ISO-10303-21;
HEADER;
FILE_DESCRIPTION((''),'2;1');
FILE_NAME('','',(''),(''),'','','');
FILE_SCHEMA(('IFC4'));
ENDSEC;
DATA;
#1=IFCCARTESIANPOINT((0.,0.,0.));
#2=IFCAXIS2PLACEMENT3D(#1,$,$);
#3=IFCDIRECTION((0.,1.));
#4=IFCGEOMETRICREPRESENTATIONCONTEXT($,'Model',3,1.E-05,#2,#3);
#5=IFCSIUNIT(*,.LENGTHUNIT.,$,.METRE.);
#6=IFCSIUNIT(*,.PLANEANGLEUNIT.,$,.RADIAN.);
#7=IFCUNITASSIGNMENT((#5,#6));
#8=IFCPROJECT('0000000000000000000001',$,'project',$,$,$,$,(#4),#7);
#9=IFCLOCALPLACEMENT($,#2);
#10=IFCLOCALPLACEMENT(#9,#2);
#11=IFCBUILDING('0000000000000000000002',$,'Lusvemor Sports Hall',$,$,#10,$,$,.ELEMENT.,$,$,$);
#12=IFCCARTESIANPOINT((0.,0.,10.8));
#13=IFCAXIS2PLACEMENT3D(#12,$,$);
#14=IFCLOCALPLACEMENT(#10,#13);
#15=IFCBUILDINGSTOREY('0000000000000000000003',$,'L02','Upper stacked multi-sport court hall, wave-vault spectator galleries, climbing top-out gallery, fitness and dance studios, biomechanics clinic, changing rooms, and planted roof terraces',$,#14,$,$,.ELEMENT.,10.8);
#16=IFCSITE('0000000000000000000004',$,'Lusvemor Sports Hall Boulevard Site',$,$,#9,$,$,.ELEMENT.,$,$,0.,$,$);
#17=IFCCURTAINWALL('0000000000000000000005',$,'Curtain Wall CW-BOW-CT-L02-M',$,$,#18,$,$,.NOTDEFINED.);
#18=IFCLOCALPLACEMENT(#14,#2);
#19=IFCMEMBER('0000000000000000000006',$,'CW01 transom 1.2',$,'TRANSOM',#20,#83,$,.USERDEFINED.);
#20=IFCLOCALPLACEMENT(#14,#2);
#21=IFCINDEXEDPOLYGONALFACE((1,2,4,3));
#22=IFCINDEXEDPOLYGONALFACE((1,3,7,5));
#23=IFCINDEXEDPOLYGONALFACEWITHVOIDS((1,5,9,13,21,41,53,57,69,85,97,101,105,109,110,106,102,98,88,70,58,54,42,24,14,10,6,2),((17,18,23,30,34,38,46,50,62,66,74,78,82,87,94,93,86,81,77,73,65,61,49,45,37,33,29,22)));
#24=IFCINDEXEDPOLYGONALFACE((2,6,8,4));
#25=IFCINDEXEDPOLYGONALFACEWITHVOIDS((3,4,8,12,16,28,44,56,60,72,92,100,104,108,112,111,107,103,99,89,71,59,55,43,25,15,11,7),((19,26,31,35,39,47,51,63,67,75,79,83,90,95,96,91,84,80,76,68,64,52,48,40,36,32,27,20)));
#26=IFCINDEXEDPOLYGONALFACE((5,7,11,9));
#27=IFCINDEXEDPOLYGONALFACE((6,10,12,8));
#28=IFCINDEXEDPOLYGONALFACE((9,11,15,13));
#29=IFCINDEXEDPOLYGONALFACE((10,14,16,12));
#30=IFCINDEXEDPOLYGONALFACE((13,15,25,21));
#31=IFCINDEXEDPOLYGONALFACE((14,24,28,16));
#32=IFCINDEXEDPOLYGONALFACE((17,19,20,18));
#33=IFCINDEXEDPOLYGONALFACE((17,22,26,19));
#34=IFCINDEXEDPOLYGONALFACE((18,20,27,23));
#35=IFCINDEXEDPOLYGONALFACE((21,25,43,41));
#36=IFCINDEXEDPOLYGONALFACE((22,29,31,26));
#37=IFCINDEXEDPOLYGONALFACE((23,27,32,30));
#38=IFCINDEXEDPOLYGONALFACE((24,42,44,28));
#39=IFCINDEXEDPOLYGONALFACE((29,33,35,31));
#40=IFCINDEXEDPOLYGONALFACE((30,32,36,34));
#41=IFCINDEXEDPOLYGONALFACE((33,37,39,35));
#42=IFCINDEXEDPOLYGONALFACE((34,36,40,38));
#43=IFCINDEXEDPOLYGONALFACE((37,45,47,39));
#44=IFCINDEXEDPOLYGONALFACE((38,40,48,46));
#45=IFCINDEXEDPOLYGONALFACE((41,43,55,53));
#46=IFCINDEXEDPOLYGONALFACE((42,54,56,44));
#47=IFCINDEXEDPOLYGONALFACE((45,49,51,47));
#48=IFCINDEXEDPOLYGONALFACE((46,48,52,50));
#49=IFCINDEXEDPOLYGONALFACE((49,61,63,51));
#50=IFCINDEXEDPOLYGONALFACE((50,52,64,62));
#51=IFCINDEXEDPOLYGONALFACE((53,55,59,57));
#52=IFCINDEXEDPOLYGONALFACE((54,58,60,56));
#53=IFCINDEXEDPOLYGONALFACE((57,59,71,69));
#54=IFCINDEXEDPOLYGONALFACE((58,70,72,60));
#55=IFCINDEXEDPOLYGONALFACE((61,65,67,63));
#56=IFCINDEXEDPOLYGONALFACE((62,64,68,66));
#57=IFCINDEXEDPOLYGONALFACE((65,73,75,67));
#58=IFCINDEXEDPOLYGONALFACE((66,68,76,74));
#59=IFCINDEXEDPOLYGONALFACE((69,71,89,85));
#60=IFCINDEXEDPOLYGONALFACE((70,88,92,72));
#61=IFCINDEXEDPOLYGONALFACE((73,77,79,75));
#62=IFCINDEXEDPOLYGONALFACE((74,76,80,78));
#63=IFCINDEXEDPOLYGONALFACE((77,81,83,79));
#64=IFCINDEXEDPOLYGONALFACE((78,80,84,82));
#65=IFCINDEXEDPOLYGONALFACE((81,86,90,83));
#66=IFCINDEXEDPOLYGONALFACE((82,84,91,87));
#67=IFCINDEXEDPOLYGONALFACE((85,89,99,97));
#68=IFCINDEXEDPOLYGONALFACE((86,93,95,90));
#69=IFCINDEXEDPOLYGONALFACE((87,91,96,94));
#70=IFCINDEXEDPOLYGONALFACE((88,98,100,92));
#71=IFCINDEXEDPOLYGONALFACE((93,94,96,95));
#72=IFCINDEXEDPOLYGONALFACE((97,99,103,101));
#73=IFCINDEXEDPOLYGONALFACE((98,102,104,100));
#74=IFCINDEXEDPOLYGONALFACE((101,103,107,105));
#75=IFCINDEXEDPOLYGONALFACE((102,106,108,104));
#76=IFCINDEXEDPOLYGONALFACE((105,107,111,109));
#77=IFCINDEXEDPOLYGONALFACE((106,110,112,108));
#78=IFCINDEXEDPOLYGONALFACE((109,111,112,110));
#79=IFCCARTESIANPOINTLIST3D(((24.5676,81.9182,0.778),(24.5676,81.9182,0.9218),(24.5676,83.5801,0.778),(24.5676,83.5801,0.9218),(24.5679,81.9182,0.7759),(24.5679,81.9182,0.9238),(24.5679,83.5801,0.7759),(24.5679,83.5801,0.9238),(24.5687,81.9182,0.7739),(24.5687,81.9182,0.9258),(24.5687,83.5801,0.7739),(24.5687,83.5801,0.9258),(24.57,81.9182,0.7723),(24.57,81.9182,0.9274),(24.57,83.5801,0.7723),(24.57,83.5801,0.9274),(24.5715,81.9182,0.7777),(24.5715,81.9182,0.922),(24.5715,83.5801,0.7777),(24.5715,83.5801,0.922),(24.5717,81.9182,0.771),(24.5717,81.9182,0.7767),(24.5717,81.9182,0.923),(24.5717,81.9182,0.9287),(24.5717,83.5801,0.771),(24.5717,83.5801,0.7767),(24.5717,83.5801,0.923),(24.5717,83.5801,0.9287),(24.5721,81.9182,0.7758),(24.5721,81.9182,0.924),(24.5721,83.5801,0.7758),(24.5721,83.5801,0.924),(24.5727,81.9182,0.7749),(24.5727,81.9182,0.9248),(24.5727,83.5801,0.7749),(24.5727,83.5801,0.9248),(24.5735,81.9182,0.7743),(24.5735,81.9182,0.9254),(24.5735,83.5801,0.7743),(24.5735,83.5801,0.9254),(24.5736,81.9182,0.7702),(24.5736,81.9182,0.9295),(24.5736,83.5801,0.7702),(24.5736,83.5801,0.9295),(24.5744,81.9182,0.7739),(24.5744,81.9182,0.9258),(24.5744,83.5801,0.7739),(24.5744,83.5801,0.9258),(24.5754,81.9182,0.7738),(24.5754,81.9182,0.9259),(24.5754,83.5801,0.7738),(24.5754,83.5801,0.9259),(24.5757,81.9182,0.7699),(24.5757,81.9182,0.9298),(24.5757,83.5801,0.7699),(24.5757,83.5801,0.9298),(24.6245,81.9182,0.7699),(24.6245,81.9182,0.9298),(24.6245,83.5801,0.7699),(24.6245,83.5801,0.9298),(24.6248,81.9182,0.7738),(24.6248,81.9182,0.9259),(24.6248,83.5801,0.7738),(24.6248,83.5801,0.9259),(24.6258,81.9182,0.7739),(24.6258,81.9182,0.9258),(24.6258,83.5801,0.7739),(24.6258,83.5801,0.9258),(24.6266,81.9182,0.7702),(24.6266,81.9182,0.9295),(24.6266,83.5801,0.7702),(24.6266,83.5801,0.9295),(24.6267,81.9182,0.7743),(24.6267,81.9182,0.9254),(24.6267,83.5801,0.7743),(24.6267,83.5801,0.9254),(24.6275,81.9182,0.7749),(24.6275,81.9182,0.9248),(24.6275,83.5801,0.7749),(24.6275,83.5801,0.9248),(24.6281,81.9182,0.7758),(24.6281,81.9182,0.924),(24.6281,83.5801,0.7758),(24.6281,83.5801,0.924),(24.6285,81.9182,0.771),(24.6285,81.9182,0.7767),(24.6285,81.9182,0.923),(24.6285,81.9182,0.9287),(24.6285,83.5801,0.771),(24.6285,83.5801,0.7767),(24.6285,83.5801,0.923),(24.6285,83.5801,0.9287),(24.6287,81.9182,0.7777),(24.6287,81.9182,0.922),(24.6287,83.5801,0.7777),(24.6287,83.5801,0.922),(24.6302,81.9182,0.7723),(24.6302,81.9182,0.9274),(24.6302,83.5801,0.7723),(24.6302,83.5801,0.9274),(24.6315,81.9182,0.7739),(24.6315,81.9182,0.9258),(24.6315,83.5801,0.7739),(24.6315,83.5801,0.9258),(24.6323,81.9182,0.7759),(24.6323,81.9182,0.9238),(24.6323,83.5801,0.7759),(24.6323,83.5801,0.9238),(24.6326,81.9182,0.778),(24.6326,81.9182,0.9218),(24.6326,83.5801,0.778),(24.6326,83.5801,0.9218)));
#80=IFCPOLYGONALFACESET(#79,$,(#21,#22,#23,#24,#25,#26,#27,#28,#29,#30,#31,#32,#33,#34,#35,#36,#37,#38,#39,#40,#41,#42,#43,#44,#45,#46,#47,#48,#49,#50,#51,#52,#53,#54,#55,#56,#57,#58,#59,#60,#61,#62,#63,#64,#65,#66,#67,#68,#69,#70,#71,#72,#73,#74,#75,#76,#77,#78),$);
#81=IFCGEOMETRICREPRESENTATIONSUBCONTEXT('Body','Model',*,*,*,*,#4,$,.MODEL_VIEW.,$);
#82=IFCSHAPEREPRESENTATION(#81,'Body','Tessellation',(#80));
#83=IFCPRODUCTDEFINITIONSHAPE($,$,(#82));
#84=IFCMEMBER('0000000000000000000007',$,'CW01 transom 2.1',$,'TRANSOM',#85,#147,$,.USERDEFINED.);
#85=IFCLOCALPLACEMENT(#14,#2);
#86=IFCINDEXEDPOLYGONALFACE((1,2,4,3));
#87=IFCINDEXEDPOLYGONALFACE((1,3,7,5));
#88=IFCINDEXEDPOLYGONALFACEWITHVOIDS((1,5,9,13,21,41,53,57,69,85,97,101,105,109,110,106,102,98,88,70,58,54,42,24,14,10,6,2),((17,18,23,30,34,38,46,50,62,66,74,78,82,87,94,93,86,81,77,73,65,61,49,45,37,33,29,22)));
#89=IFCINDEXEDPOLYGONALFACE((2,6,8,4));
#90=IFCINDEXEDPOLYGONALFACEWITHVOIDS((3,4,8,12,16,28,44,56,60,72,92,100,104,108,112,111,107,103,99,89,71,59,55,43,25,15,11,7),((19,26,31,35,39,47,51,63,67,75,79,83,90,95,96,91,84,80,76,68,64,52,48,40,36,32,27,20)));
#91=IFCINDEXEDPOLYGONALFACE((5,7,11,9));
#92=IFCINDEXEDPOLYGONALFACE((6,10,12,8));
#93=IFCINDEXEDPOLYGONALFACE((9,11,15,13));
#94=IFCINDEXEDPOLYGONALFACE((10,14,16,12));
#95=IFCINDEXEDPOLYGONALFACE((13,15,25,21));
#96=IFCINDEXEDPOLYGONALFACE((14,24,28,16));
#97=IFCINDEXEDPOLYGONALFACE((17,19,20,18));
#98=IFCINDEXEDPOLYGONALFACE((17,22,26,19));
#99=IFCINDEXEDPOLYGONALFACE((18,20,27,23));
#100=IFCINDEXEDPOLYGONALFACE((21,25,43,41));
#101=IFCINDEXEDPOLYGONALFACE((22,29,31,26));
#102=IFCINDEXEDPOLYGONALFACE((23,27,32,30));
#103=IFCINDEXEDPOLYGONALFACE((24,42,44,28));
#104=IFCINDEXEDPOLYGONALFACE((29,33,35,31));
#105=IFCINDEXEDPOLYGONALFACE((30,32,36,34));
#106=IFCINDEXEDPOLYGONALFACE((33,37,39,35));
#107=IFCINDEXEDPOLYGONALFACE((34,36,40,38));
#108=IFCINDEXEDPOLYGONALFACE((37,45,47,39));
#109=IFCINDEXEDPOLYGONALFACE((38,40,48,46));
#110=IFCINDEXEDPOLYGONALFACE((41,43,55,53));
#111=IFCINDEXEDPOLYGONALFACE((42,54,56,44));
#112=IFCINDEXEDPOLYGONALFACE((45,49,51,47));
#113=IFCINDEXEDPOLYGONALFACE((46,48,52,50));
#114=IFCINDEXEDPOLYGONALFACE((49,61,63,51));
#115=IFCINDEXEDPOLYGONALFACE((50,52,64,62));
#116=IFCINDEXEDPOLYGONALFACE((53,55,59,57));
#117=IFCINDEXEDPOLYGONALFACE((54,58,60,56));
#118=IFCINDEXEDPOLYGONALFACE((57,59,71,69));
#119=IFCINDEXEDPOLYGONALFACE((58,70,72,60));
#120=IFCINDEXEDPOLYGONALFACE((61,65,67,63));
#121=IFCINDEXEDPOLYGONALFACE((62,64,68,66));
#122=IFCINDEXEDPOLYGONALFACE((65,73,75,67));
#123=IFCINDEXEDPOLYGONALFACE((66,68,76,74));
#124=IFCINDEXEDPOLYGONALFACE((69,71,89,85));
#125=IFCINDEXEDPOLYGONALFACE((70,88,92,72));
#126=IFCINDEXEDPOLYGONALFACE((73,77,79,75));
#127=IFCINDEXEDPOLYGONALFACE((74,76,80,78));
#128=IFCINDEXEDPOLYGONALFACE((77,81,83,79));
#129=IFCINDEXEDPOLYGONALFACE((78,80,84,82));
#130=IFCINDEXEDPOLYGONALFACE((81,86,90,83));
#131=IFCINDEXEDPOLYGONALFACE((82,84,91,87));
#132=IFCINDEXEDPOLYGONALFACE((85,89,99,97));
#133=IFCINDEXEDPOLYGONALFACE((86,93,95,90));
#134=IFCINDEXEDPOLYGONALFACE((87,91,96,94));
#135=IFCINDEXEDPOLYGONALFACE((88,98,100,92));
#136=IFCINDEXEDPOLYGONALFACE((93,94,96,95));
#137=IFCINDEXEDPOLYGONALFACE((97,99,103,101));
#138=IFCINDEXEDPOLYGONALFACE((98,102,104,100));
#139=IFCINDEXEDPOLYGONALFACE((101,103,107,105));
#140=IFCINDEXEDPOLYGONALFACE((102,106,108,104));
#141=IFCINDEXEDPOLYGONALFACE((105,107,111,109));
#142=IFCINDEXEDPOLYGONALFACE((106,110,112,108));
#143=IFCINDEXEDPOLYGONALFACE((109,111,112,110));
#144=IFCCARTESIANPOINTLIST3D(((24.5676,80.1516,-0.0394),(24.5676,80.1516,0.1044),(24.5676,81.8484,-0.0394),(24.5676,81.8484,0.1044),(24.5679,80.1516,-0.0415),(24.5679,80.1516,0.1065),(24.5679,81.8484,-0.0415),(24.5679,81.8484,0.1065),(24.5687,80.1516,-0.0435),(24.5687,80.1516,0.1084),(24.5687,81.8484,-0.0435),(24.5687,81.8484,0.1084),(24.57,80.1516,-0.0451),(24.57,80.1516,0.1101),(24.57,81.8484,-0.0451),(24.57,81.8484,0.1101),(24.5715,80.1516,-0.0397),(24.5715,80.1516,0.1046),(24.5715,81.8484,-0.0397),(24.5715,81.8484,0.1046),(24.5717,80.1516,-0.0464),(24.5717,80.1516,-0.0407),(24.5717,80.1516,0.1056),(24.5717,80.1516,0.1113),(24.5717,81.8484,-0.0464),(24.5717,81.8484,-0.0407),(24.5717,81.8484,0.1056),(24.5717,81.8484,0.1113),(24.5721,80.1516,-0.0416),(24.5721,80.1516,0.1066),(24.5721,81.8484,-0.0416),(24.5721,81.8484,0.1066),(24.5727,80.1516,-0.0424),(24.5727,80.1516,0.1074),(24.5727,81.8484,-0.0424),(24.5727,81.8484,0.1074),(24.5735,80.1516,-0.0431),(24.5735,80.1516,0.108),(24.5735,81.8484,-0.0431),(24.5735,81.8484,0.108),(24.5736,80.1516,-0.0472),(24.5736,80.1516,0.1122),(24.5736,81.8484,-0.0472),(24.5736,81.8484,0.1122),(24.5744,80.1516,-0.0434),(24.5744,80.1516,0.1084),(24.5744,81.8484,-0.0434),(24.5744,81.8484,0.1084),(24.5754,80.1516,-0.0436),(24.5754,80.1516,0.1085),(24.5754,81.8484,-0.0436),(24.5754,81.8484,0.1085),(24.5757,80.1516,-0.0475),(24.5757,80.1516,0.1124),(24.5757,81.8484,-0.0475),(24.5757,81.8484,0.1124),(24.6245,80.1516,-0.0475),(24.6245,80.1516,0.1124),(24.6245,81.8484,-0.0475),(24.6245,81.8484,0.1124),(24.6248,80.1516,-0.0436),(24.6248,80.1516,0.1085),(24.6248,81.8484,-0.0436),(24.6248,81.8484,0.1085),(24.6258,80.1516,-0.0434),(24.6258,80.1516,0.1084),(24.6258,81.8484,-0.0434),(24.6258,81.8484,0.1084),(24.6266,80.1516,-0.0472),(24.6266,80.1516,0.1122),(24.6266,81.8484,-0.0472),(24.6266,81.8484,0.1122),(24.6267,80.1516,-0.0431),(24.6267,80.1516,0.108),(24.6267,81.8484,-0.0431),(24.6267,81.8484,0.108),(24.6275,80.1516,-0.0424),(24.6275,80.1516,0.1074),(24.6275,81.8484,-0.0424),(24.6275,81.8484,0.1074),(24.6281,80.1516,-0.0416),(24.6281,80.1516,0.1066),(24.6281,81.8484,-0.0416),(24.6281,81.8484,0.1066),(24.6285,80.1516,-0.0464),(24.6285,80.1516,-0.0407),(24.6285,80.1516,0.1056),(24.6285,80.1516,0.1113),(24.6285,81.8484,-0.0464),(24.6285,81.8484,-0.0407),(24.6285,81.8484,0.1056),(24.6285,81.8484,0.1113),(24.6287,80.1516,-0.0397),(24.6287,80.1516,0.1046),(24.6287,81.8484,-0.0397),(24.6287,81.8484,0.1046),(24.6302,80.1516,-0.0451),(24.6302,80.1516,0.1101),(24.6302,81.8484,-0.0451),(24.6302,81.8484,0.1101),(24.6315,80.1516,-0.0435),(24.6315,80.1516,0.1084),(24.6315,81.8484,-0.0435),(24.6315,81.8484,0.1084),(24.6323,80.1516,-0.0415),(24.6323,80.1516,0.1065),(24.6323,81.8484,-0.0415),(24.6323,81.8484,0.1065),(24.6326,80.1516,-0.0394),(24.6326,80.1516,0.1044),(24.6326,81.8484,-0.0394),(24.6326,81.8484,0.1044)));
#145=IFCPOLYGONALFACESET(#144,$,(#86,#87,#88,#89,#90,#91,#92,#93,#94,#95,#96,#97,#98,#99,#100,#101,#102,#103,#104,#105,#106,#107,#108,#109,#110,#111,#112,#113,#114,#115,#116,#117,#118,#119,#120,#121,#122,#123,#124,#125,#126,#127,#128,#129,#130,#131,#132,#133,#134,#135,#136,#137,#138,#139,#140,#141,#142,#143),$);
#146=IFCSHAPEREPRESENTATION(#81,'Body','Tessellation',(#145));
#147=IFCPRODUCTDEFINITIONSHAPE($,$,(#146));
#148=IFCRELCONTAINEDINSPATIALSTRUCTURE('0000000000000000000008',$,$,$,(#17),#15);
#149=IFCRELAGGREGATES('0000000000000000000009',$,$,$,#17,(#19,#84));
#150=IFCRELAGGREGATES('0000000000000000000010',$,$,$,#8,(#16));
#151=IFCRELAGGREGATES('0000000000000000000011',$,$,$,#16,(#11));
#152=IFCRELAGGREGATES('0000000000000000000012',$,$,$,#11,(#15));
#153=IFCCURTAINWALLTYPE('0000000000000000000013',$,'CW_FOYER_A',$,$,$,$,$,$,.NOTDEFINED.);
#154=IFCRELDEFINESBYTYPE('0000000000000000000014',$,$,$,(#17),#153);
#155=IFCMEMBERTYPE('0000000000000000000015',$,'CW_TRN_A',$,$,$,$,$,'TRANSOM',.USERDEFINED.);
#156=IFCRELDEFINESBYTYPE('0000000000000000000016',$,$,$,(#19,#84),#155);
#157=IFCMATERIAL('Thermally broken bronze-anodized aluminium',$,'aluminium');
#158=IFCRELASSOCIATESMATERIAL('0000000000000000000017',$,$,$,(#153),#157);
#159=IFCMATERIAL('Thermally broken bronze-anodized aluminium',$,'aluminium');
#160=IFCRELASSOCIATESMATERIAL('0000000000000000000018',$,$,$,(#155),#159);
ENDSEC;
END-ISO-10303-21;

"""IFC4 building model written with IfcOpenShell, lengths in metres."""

from ifc_helpers import new_model, si_unit, direction, frame, origin, origin_2d, place, context, subcontext, project, spatial, hollow_rectangle, extrude, material, material_profile, profile_set, type_object, element, aggregate, save


model = new_model("IFC4")

# Units and contexts
model_context = context("Model", 3, precision=1e-05, world=origin(), true_north=direction((0.0, 1.0)))
body_context = subcontext(model_context, "Body", "Model", "MODEL_VIEW")
ifc_project = project(units=[si_unit("LENGTHUNIT", "METRE"), si_unit("PLANEANGLEUNIT", "RADIAN")], contexts=[model_context])

# Site, building, storey
site_placement = place(None, origin())
site = spatial("IfcSite", under=ifc_project, at=site_placement, Name="Lusvemor Sports Hall Boulevard Site", CompositionType="ELEMENT", RefElevation=0.0)
building_placement = place(site_placement, origin())
building = spatial("IfcBuilding", under=site, at=building_placement, Name="Lusvemor Sports Hall", CompositionType="ELEMENT")
storey_placement = place(building_placement, frame((0.0, 0.0, 10.8)))
storey = spatial("IfcBuildingStorey", under=building, at=storey_placement, Name="L02", Description="Upper stacked multi-sport court hall, wave-vault spectator galleries, climbing top-out gallery, fitness and dance studios, biomechanics clinic, changing rooms, and planted roof terraces", CompositionType="ELEMENT", Elevation=10.8)

# Curtain wall, members
ifc_material_1 = material(Name="Thermally broken bronze-anodized aluminium", Category="aluminium")
curtain_wall_type = type_object("IfcCurtainWallType", Name="CW_FOYER_A", PredefinedType="NOTDEFINED", material=ifc_material_1)
curtain_wall_placement = place(storey_placement, origin())
curtain_wall = element("IfcCurtainWall", 1, at=curtain_wall_placement, inside=storey, type_object=curtain_wall_type, Name="Curtain Wall CW-BOW-CT-L02-M", PredefinedType="NOTDEFINED")
ifc_material_2 = material(Name="Thermally broken bronze-anodized aluminium", Category="aluminium")
ifc_material_profile_1 = material_profile(ifc_material_2, hollow_rectangle(XDim=0.0649, YDim=0.1599, WallThickness=0.0039, InnerFilletRadius=0.0039, OuterFilletRadius=0.0081, at=origin_2d()), Name="CWTRN160x65x4")
ifc_profile_set_1 = profile_set([ifc_material_profile_1], Name="Thermally broken bronze-anodized aluminium")
member_type_1 = type_object("IfcMemberType", Name="CW_TRN_A", ElementType="TRANSOM", PredefinedType="USERDEFINED", material=ifc_profile_set_1)
member_1_placement = place(storey_placement, frame((24.6001, 83.5801, 0.8499), z_axis=(0.0, -1.0, 0.0), x_axis=(1.0, 0.0, 0.0)))
member_1 = element("IfcMember", 2, at=member_1_placement, type_object=member_type_1, Name="CW01 transom 1.2", ObjectType="TRANSOM", PredefinedType="USERDEFINED", context=body_context, shape_type="SweptSolid", body=[
    extrude(hollow_rectangle(XDim=0.0649, YDim=0.1599, WallThickness=0.0039, InnerFilletRadius=0.0039, OuterFilletRadius=0.0081, at=origin_2d()), origin(), (0.0, 0.0, 1.0), 1.6619),
])
member_2_placement = place(storey_placement, frame((24.6001, 81.8484, 0.0325), z_axis=(0.0, -1.0, 0.0), x_axis=(1.0, 0.0, 0.0)))
member_2 = element("IfcMember", 3, at=member_2_placement, type_object=member_type_1, Name="CW01 transom 2.1", ObjectType="TRANSOM", PredefinedType="USERDEFINED", context=body_context, shape_type="SweptSolid", body=[
    extrude(hollow_rectangle(XDim=0.0649, YDim=0.1599, WallThickness=0.0039, InnerFilletRadius=0.0039, OuterFilletRadius=0.0081, at=origin_2d()), origin(), (0.0, 0.0, 1.0), 1.6968),
])

aggregate(curtain_wall, [member_1, member_2])

save(model, "model.ifc")
